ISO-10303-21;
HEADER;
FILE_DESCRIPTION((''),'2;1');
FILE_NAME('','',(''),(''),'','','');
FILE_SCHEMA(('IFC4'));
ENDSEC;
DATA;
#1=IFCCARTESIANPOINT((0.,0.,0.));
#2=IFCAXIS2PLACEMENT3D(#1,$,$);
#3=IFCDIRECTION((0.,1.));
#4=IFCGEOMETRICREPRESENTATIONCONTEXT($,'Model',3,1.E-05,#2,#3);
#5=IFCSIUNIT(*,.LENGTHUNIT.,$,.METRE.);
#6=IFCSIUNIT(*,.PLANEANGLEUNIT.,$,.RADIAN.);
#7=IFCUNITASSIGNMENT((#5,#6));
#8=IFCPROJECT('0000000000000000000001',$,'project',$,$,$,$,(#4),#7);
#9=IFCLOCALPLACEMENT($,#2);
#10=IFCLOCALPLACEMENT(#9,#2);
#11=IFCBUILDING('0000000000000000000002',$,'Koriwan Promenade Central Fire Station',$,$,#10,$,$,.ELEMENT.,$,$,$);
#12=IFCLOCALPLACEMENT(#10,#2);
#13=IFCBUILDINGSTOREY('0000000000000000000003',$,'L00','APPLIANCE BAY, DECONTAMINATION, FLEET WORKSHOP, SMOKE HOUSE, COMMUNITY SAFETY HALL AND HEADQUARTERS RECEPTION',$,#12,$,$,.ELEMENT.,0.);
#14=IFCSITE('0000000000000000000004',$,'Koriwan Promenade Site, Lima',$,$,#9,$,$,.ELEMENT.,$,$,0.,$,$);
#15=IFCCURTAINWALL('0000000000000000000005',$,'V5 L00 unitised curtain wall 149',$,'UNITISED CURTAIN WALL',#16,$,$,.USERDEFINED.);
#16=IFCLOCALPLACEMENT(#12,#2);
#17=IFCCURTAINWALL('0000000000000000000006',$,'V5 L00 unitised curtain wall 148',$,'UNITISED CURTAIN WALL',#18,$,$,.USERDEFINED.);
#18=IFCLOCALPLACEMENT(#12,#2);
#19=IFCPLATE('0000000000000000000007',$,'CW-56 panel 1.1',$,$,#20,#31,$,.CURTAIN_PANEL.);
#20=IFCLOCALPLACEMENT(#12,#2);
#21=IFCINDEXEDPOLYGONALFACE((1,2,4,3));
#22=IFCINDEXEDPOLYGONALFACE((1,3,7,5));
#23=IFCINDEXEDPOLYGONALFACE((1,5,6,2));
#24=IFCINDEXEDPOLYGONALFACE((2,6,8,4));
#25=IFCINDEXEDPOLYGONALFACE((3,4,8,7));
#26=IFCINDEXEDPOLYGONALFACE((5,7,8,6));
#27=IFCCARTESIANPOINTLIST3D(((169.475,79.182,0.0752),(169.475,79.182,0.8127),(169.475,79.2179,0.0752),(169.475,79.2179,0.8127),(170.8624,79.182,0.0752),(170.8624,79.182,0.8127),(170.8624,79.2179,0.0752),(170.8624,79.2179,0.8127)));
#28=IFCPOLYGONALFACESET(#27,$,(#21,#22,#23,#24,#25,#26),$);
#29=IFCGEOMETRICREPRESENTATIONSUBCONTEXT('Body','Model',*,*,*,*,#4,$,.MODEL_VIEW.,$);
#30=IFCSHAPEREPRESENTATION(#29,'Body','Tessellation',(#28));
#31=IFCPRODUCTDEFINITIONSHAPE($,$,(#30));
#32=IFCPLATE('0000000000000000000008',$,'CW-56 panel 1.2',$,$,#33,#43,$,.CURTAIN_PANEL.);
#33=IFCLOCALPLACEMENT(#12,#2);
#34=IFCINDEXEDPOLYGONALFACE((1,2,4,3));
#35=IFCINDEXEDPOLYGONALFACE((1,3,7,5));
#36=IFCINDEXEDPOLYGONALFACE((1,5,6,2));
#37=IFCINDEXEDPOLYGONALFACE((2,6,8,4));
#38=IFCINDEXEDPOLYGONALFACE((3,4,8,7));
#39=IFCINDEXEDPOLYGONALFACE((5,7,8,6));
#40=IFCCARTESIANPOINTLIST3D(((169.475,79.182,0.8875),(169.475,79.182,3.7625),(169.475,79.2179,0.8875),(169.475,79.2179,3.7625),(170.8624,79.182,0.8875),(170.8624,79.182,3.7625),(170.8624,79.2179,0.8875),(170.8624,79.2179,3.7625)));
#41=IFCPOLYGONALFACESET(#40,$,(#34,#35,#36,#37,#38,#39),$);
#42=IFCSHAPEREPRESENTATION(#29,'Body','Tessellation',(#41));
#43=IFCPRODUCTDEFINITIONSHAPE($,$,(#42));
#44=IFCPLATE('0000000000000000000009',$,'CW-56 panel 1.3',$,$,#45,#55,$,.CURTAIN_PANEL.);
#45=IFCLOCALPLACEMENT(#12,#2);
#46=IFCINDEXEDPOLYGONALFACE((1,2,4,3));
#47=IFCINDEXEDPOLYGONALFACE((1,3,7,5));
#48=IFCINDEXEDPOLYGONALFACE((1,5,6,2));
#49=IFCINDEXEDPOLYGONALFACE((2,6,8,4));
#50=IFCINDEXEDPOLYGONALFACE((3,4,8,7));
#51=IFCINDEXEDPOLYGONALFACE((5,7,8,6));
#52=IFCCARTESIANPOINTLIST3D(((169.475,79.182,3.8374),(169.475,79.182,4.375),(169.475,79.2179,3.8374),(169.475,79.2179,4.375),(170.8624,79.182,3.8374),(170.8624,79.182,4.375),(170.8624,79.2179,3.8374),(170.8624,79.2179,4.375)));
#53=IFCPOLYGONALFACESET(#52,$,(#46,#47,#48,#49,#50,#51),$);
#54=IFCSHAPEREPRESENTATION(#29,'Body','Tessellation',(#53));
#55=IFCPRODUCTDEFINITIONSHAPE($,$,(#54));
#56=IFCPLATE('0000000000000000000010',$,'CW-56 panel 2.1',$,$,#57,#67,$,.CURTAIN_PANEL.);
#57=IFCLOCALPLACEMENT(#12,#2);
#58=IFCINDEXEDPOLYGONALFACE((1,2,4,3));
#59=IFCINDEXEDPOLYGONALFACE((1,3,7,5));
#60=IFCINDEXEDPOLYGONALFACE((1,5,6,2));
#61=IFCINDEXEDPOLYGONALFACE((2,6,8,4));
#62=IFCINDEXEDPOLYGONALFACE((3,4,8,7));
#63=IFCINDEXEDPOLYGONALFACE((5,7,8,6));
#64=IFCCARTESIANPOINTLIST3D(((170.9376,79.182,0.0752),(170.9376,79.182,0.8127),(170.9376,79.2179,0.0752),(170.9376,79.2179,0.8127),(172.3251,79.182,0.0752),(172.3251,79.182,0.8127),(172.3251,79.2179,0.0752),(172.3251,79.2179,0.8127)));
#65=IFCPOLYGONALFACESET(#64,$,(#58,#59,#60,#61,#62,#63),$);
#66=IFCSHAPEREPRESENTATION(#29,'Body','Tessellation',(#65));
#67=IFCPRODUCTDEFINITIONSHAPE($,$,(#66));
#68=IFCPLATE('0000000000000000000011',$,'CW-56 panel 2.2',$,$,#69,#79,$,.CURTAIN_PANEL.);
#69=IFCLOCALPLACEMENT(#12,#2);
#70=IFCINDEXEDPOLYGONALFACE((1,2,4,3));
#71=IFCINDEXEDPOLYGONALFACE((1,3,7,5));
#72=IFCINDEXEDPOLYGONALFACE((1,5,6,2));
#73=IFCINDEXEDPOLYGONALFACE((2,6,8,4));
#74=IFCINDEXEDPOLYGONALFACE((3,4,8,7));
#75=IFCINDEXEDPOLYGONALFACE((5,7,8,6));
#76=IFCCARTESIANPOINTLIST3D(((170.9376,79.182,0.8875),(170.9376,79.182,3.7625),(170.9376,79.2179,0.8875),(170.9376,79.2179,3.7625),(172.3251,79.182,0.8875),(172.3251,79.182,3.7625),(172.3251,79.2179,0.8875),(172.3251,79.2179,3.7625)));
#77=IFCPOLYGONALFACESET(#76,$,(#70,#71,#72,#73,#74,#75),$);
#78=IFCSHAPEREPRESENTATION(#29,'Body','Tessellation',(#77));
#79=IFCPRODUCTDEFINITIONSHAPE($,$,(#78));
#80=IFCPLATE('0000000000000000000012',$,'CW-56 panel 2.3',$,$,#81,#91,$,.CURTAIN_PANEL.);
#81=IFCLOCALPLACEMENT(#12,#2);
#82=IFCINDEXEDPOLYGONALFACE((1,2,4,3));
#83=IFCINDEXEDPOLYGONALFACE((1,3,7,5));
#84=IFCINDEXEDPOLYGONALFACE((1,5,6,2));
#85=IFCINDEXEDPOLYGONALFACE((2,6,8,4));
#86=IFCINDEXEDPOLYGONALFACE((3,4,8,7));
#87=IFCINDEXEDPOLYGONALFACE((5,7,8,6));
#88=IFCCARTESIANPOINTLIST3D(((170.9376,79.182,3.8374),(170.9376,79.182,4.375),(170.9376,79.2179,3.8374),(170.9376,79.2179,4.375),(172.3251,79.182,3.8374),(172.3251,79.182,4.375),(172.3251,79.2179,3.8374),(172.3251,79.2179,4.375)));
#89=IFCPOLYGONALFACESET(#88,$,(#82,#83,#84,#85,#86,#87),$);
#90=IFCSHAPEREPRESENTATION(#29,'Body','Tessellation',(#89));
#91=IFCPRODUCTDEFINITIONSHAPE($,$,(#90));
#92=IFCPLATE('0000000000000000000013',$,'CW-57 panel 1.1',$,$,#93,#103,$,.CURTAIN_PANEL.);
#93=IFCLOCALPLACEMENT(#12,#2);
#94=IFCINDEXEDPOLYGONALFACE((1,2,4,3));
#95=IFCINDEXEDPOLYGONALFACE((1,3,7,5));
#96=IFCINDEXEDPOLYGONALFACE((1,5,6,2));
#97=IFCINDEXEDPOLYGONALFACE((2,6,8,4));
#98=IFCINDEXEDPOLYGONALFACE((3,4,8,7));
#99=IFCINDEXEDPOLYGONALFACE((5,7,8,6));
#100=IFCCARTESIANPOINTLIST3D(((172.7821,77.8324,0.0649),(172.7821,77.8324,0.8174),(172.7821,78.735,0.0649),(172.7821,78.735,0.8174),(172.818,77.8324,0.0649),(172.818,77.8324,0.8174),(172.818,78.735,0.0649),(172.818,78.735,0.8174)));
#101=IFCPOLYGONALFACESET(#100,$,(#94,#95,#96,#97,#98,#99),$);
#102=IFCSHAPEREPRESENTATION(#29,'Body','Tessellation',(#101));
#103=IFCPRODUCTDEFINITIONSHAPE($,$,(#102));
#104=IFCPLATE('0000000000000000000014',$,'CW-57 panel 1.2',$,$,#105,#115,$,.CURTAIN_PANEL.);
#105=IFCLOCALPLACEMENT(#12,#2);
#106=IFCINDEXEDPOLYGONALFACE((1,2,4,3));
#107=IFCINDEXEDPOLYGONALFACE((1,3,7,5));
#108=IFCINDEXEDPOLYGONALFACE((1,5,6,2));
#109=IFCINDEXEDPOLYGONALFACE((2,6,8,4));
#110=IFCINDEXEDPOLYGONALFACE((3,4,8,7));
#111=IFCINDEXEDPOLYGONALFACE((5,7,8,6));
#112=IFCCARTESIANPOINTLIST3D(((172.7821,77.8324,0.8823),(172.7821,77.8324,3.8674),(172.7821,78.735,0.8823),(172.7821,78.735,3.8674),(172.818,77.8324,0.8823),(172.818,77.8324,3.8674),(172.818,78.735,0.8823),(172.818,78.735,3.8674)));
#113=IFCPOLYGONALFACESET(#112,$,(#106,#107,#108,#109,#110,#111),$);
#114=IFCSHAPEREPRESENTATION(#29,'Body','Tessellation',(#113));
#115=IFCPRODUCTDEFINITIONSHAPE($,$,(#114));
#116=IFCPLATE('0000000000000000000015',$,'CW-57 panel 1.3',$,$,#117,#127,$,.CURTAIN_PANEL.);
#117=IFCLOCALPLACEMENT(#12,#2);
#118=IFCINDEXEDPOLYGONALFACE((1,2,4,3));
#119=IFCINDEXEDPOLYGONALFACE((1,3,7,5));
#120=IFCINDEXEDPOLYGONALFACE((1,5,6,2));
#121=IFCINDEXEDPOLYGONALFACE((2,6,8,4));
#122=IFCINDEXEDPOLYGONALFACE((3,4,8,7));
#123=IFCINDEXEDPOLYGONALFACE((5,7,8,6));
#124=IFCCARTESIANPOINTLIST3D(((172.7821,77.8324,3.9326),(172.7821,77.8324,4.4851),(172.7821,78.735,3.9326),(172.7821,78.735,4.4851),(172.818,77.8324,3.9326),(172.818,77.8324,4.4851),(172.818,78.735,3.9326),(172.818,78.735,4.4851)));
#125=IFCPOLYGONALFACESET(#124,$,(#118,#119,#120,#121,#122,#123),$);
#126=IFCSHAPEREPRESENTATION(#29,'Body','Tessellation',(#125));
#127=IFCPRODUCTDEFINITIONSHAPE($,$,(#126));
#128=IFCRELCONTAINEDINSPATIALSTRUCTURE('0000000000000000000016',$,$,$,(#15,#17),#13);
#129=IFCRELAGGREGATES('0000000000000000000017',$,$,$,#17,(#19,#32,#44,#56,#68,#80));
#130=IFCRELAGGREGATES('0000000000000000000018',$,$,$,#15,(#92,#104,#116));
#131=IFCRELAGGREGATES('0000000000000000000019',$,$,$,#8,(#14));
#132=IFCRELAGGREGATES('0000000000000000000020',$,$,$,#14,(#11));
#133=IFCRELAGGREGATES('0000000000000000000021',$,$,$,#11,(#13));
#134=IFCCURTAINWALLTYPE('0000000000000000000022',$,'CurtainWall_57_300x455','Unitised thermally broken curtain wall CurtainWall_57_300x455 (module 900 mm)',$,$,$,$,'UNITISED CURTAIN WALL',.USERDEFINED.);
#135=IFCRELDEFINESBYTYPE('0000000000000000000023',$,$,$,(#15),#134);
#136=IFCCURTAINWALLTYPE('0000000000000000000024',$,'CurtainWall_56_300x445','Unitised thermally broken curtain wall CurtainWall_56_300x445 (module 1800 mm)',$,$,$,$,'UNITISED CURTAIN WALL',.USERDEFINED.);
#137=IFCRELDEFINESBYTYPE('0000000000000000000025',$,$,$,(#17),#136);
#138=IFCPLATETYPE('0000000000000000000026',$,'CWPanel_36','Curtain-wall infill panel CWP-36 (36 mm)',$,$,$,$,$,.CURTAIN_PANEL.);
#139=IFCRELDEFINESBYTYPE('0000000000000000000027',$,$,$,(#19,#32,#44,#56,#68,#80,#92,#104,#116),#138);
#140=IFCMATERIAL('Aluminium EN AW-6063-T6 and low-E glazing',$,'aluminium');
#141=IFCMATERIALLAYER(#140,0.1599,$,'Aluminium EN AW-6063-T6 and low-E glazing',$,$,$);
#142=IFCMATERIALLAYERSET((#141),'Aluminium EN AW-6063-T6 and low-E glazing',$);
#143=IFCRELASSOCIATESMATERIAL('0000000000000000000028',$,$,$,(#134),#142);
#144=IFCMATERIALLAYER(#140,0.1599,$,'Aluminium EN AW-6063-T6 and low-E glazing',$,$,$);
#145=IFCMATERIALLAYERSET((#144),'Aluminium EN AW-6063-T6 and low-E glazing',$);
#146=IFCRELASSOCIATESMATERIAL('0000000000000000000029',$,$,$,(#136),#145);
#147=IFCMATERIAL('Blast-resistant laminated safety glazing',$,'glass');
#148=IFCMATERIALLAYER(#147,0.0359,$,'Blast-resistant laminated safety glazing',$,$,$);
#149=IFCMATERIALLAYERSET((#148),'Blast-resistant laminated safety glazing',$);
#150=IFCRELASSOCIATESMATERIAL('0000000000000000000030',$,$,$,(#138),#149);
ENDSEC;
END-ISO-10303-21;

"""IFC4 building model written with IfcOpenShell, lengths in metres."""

from ifc_helpers import new_model, si_unit, direction, frame, origin, origin_2d, place, context, subcontext, project, spatial, rectangle, extrude, material, layer, layer_set, type_object, element, aggregate, save


model = new_model("IFC4")

# Units and contexts
model_context = context("Model", 3, precision=1e-05, world=origin(), true_north=direction((0.0, 1.0)))
body_context = subcontext(model_context, "Body", "Model", "MODEL_VIEW")
ifc_project = project(units=[si_unit("LENGTHUNIT", "METRE"), si_unit("PLANEANGLEUNIT", "RADIAN")], contexts=[model_context])

# Site, building, storey
site_placement = place(None, origin())
site = spatial("IfcSite", under=ifc_project, at=site_placement, Name="Koriwan Promenade Site, Lima", CompositionType="ELEMENT", RefElevation=0.0)
building_placement = place(site_placement, origin())
building = spatial("IfcBuilding", under=site, at=building_placement, Name="Koriwan Promenade Central Fire Station", CompositionType="ELEMENT")
storey_placement = place(building_placement, origin())
storey = spatial("IfcBuildingStorey", under=building, at=storey_placement, Name="L00", Description="APPLIANCE BAY, DECONTAMINATION, FLEET WORKSHOP, SMOKE HOUSE, COMMUNITY SAFETY HALL AND HEADQUARTERS RECEPTION", CompositionType="ELEMENT", Elevation=0.0)

# Curtain walls
ifc_material_1 = material(Name="Aluminium EN AW-6063-T6 and low-E glazing", Category="aluminium")
ifc_layer_1 = layer(ifc_material_1, 0.1599, Name="Aluminium EN AW-6063-T6 and low-E glazing")
ifc_layer_set_1 = layer_set([ifc_layer_1], Name="Aluminium EN AW-6063-T6 and low-E glazing")
curtain_wall_type_1 = type_object("IfcCurtainWallType", Name="CurtainWall_57_300x455", Description="Unitised thermally broken curtain wall CurtainWall_57_300x455 (module 900 mm)", ElementType="UNITISED CURTAIN WALL", PredefinedType="USERDEFINED", material=ifc_layer_set_1)
curtain_wall_1_placement = place(storey_placement, origin())
curtain_wall_1 = element("IfcCurtainWall", 1, at=curtain_wall_1_placement, inside=storey, type_object=curtain_wall_type_1, Name="V5 L00 unitised curtain wall 149", ObjectType="UNITISED CURTAIN WALL", PredefinedType="USERDEFINED")
ifc_layer_2 = layer(ifc_material_1, 0.1599, Name="Aluminium EN AW-6063-T6 and low-E glazing")
ifc_layer_set_2 = layer_set([ifc_layer_2], Name="Aluminium EN AW-6063-T6 and low-E glazing")
curtain_wall_type_2 = type_object("IfcCurtainWallType", Name="CurtainWall_56_300x445", Description="Unitised thermally broken curtain wall CurtainWall_56_300x445 (module 1800 mm)", ElementType="UNITISED CURTAIN WALL", PredefinedType="USERDEFINED", material=ifc_layer_set_2)
curtain_wall_2_placement = place(storey_placement, origin())
curtain_wall_2 = element("IfcCurtainWall", 2, at=curtain_wall_2_placement, inside=storey, type_object=curtain_wall_type_2, Name="V5 L00 unitised curtain wall 148", ObjectType="UNITISED CURTAIN WALL", PredefinedType="USERDEFINED")

# Plates
ifc_material_2 = material(Name="Blast-resistant laminated safety glazing", Category="glass")
ifc_layer_3 = layer(ifc_material_2, 0.0359, Name="Blast-resistant laminated safety glazing")
ifc_layer_set_3 = layer_set([ifc_layer_3], Name="Blast-resistant laminated safety glazing")
plate_type = type_object("IfcPlateType", Name="CWPanel_36", Description="Curtain-wall infill panel CWP-36 (36 mm)", PredefinedType="CURTAIN_PANEL", material=ifc_layer_set_3)
plate_1_placement = place(storey_placement, frame((170.1687, 79.2, 0.0752), z_axis=(0.0, 0.0, 1.0), x_axis=(1.0, 0.0, 0.0)))
plate_1 = element("IfcPlate", 3, at=plate_1_placement, type_object=plate_type, Name="CW-56 panel 1.1", PredefinedType="CURTAIN_PANEL", context=body_context, shape_type="SweptSolid", body=[
    extrude(rectangle(XDim=1.3875, YDim=0.0359, at=origin_2d()), origin(), (0.0, 0.0, 1.0), 0.7375),
])
plate_2_placement = place(storey_placement, frame((170.1687, 79.2, 0.8875), z_axis=(0.0, 0.0, 1.0), x_axis=(1.0, 0.0, 0.0)))
plate_2 = element("IfcPlate", 4, at=plate_2_placement, type_object=plate_type, Name="CW-56 panel 1.2", PredefinedType="CURTAIN_PANEL", context=body_context, shape_type="SweptSolid", body=[
    extrude(rectangle(XDim=1.3875, YDim=0.0359, at=origin_2d()), origin(), (0.0, 0.0, 1.0), 2.875),
])
plate_3_placement = place(storey_placement, frame((170.1687, 79.2, 3.8374), z_axis=(0.0, 0.0, 1.0), x_axis=(1.0, 0.0, 0.0)))
plate_3 = element("IfcPlate", 5, at=plate_3_placement, type_object=plate_type, Name="CW-56 panel 1.3", PredefinedType="CURTAIN_PANEL", context=body_context, shape_type="SweptSolid", body=[
    extrude(rectangle(XDim=1.3875, YDim=0.0359, at=origin_2d()), origin(), (0.0, 0.0, 1.0), 0.5376),
])
plate_4_placement = place(storey_placement, frame((171.6313, 79.2, 0.0752), z_axis=(0.0, 0.0, 1.0), x_axis=(1.0, 0.0, 0.0)))
plate_4 = element("IfcPlate", 6, at=plate_4_placement, type_object=plate_type, Name="CW-56 panel 2.1", PredefinedType="CURTAIN_PANEL", context=body_context, shape_type="SweptSolid", body=[
    extrude(rectangle(XDim=1.3875, YDim=0.0359, at=origin_2d()), origin(), (0.0, 0.0, 1.0), 0.7375),
])
plate_5_placement = place(storey_placement, frame((171.6313, 79.2, 0.8875), z_axis=(0.0, 0.0, 1.0), x_axis=(1.0, 0.0, 0.0)))
plate_5 = element("IfcPlate", 7, at=plate_5_placement, type_object=plate_type, Name="CW-56 panel 2.2", PredefinedType="CURTAIN_PANEL", context=body_context, shape_type="SweptSolid", body=[
    extrude(rectangle(XDim=1.3875, YDim=0.0359, at=origin_2d()), origin(), (0.0, 0.0, 1.0), 2.875),
])
plate_6_placement = place(storey_placement, frame((171.6313, 79.2, 3.8374), z_axis=(0.0, 0.0, 1.0), x_axis=(1.0, 0.0, 0.0)))
plate_6 = element("IfcPlate", 8, at=plate_6_placement, type_object=plate_type, Name="CW-56 panel 2.3", PredefinedType="CURTAIN_PANEL", context=body_context, shape_type="SweptSolid", body=[
    extrude(rectangle(XDim=1.3875, YDim=0.0359, at=origin_2d()), origin(), (0.0, 0.0, 1.0), 0.5376),
])
aggregate(curtain_wall_2, [plate_1, plate_2, plate_3, plate_4, plate_5, plate_6])
plate_7_placement = place(storey_placement, frame((172.8, 78.2837, 0.0649), z_axis=(0.0, 0.0, 1.0), x_axis=(0.0, -1.0, 0.0)))
plate_7 = element("IfcPlate", 9, at=plate_7_placement, type_object=plate_type, Name="CW-57 panel 1.1", PredefinedType="CURTAIN_PANEL", context=body_context, shape_type="SweptSolid", body=[
    extrude(rectangle(XDim=0.9026, YDim=0.0359, at=origin_2d()), origin(), (0.0, 0.0, 1.0), 0.7524),
])
plate_8_placement = place(storey_placement, frame((172.8, 78.2837, 0.8823), z_axis=(0.0, 0.0, 1.0), x_axis=(0.0, -1.0, 0.0)))
plate_8 = element("IfcPlate", 10, at=plate_8_placement, type_object=plate_type, Name="CW-57 panel 1.2", PredefinedType="CURTAIN_PANEL", context=body_context, shape_type="SweptSolid", body=[
    extrude(rectangle(XDim=0.9026, YDim=0.0359, at=origin_2d()), origin(), (0.0, 0.0, 1.0), 2.9851),
])
plate_9_placement = place(storey_placement, frame((172.8, 78.2837, 3.9326), z_axis=(0.0, 0.0, 1.0), x_axis=(0.0, -1.0, 0.0)))
plate_9 = element("IfcPlate", 11, at=plate_9_placement, type_object=plate_type, Name="CW-57 panel 1.3", PredefinedType="CURTAIN_PANEL", context=body_context, shape_type="SweptSolid", body=[
    extrude(rectangle(XDim=0.9026, YDim=0.0359, at=origin_2d()), origin(), (0.0, 0.0, 1.0), 0.5525),
])
aggregate(curtain_wall_1, [plate_7, plate_8, plate_9])

save(model, "model.ifc")
